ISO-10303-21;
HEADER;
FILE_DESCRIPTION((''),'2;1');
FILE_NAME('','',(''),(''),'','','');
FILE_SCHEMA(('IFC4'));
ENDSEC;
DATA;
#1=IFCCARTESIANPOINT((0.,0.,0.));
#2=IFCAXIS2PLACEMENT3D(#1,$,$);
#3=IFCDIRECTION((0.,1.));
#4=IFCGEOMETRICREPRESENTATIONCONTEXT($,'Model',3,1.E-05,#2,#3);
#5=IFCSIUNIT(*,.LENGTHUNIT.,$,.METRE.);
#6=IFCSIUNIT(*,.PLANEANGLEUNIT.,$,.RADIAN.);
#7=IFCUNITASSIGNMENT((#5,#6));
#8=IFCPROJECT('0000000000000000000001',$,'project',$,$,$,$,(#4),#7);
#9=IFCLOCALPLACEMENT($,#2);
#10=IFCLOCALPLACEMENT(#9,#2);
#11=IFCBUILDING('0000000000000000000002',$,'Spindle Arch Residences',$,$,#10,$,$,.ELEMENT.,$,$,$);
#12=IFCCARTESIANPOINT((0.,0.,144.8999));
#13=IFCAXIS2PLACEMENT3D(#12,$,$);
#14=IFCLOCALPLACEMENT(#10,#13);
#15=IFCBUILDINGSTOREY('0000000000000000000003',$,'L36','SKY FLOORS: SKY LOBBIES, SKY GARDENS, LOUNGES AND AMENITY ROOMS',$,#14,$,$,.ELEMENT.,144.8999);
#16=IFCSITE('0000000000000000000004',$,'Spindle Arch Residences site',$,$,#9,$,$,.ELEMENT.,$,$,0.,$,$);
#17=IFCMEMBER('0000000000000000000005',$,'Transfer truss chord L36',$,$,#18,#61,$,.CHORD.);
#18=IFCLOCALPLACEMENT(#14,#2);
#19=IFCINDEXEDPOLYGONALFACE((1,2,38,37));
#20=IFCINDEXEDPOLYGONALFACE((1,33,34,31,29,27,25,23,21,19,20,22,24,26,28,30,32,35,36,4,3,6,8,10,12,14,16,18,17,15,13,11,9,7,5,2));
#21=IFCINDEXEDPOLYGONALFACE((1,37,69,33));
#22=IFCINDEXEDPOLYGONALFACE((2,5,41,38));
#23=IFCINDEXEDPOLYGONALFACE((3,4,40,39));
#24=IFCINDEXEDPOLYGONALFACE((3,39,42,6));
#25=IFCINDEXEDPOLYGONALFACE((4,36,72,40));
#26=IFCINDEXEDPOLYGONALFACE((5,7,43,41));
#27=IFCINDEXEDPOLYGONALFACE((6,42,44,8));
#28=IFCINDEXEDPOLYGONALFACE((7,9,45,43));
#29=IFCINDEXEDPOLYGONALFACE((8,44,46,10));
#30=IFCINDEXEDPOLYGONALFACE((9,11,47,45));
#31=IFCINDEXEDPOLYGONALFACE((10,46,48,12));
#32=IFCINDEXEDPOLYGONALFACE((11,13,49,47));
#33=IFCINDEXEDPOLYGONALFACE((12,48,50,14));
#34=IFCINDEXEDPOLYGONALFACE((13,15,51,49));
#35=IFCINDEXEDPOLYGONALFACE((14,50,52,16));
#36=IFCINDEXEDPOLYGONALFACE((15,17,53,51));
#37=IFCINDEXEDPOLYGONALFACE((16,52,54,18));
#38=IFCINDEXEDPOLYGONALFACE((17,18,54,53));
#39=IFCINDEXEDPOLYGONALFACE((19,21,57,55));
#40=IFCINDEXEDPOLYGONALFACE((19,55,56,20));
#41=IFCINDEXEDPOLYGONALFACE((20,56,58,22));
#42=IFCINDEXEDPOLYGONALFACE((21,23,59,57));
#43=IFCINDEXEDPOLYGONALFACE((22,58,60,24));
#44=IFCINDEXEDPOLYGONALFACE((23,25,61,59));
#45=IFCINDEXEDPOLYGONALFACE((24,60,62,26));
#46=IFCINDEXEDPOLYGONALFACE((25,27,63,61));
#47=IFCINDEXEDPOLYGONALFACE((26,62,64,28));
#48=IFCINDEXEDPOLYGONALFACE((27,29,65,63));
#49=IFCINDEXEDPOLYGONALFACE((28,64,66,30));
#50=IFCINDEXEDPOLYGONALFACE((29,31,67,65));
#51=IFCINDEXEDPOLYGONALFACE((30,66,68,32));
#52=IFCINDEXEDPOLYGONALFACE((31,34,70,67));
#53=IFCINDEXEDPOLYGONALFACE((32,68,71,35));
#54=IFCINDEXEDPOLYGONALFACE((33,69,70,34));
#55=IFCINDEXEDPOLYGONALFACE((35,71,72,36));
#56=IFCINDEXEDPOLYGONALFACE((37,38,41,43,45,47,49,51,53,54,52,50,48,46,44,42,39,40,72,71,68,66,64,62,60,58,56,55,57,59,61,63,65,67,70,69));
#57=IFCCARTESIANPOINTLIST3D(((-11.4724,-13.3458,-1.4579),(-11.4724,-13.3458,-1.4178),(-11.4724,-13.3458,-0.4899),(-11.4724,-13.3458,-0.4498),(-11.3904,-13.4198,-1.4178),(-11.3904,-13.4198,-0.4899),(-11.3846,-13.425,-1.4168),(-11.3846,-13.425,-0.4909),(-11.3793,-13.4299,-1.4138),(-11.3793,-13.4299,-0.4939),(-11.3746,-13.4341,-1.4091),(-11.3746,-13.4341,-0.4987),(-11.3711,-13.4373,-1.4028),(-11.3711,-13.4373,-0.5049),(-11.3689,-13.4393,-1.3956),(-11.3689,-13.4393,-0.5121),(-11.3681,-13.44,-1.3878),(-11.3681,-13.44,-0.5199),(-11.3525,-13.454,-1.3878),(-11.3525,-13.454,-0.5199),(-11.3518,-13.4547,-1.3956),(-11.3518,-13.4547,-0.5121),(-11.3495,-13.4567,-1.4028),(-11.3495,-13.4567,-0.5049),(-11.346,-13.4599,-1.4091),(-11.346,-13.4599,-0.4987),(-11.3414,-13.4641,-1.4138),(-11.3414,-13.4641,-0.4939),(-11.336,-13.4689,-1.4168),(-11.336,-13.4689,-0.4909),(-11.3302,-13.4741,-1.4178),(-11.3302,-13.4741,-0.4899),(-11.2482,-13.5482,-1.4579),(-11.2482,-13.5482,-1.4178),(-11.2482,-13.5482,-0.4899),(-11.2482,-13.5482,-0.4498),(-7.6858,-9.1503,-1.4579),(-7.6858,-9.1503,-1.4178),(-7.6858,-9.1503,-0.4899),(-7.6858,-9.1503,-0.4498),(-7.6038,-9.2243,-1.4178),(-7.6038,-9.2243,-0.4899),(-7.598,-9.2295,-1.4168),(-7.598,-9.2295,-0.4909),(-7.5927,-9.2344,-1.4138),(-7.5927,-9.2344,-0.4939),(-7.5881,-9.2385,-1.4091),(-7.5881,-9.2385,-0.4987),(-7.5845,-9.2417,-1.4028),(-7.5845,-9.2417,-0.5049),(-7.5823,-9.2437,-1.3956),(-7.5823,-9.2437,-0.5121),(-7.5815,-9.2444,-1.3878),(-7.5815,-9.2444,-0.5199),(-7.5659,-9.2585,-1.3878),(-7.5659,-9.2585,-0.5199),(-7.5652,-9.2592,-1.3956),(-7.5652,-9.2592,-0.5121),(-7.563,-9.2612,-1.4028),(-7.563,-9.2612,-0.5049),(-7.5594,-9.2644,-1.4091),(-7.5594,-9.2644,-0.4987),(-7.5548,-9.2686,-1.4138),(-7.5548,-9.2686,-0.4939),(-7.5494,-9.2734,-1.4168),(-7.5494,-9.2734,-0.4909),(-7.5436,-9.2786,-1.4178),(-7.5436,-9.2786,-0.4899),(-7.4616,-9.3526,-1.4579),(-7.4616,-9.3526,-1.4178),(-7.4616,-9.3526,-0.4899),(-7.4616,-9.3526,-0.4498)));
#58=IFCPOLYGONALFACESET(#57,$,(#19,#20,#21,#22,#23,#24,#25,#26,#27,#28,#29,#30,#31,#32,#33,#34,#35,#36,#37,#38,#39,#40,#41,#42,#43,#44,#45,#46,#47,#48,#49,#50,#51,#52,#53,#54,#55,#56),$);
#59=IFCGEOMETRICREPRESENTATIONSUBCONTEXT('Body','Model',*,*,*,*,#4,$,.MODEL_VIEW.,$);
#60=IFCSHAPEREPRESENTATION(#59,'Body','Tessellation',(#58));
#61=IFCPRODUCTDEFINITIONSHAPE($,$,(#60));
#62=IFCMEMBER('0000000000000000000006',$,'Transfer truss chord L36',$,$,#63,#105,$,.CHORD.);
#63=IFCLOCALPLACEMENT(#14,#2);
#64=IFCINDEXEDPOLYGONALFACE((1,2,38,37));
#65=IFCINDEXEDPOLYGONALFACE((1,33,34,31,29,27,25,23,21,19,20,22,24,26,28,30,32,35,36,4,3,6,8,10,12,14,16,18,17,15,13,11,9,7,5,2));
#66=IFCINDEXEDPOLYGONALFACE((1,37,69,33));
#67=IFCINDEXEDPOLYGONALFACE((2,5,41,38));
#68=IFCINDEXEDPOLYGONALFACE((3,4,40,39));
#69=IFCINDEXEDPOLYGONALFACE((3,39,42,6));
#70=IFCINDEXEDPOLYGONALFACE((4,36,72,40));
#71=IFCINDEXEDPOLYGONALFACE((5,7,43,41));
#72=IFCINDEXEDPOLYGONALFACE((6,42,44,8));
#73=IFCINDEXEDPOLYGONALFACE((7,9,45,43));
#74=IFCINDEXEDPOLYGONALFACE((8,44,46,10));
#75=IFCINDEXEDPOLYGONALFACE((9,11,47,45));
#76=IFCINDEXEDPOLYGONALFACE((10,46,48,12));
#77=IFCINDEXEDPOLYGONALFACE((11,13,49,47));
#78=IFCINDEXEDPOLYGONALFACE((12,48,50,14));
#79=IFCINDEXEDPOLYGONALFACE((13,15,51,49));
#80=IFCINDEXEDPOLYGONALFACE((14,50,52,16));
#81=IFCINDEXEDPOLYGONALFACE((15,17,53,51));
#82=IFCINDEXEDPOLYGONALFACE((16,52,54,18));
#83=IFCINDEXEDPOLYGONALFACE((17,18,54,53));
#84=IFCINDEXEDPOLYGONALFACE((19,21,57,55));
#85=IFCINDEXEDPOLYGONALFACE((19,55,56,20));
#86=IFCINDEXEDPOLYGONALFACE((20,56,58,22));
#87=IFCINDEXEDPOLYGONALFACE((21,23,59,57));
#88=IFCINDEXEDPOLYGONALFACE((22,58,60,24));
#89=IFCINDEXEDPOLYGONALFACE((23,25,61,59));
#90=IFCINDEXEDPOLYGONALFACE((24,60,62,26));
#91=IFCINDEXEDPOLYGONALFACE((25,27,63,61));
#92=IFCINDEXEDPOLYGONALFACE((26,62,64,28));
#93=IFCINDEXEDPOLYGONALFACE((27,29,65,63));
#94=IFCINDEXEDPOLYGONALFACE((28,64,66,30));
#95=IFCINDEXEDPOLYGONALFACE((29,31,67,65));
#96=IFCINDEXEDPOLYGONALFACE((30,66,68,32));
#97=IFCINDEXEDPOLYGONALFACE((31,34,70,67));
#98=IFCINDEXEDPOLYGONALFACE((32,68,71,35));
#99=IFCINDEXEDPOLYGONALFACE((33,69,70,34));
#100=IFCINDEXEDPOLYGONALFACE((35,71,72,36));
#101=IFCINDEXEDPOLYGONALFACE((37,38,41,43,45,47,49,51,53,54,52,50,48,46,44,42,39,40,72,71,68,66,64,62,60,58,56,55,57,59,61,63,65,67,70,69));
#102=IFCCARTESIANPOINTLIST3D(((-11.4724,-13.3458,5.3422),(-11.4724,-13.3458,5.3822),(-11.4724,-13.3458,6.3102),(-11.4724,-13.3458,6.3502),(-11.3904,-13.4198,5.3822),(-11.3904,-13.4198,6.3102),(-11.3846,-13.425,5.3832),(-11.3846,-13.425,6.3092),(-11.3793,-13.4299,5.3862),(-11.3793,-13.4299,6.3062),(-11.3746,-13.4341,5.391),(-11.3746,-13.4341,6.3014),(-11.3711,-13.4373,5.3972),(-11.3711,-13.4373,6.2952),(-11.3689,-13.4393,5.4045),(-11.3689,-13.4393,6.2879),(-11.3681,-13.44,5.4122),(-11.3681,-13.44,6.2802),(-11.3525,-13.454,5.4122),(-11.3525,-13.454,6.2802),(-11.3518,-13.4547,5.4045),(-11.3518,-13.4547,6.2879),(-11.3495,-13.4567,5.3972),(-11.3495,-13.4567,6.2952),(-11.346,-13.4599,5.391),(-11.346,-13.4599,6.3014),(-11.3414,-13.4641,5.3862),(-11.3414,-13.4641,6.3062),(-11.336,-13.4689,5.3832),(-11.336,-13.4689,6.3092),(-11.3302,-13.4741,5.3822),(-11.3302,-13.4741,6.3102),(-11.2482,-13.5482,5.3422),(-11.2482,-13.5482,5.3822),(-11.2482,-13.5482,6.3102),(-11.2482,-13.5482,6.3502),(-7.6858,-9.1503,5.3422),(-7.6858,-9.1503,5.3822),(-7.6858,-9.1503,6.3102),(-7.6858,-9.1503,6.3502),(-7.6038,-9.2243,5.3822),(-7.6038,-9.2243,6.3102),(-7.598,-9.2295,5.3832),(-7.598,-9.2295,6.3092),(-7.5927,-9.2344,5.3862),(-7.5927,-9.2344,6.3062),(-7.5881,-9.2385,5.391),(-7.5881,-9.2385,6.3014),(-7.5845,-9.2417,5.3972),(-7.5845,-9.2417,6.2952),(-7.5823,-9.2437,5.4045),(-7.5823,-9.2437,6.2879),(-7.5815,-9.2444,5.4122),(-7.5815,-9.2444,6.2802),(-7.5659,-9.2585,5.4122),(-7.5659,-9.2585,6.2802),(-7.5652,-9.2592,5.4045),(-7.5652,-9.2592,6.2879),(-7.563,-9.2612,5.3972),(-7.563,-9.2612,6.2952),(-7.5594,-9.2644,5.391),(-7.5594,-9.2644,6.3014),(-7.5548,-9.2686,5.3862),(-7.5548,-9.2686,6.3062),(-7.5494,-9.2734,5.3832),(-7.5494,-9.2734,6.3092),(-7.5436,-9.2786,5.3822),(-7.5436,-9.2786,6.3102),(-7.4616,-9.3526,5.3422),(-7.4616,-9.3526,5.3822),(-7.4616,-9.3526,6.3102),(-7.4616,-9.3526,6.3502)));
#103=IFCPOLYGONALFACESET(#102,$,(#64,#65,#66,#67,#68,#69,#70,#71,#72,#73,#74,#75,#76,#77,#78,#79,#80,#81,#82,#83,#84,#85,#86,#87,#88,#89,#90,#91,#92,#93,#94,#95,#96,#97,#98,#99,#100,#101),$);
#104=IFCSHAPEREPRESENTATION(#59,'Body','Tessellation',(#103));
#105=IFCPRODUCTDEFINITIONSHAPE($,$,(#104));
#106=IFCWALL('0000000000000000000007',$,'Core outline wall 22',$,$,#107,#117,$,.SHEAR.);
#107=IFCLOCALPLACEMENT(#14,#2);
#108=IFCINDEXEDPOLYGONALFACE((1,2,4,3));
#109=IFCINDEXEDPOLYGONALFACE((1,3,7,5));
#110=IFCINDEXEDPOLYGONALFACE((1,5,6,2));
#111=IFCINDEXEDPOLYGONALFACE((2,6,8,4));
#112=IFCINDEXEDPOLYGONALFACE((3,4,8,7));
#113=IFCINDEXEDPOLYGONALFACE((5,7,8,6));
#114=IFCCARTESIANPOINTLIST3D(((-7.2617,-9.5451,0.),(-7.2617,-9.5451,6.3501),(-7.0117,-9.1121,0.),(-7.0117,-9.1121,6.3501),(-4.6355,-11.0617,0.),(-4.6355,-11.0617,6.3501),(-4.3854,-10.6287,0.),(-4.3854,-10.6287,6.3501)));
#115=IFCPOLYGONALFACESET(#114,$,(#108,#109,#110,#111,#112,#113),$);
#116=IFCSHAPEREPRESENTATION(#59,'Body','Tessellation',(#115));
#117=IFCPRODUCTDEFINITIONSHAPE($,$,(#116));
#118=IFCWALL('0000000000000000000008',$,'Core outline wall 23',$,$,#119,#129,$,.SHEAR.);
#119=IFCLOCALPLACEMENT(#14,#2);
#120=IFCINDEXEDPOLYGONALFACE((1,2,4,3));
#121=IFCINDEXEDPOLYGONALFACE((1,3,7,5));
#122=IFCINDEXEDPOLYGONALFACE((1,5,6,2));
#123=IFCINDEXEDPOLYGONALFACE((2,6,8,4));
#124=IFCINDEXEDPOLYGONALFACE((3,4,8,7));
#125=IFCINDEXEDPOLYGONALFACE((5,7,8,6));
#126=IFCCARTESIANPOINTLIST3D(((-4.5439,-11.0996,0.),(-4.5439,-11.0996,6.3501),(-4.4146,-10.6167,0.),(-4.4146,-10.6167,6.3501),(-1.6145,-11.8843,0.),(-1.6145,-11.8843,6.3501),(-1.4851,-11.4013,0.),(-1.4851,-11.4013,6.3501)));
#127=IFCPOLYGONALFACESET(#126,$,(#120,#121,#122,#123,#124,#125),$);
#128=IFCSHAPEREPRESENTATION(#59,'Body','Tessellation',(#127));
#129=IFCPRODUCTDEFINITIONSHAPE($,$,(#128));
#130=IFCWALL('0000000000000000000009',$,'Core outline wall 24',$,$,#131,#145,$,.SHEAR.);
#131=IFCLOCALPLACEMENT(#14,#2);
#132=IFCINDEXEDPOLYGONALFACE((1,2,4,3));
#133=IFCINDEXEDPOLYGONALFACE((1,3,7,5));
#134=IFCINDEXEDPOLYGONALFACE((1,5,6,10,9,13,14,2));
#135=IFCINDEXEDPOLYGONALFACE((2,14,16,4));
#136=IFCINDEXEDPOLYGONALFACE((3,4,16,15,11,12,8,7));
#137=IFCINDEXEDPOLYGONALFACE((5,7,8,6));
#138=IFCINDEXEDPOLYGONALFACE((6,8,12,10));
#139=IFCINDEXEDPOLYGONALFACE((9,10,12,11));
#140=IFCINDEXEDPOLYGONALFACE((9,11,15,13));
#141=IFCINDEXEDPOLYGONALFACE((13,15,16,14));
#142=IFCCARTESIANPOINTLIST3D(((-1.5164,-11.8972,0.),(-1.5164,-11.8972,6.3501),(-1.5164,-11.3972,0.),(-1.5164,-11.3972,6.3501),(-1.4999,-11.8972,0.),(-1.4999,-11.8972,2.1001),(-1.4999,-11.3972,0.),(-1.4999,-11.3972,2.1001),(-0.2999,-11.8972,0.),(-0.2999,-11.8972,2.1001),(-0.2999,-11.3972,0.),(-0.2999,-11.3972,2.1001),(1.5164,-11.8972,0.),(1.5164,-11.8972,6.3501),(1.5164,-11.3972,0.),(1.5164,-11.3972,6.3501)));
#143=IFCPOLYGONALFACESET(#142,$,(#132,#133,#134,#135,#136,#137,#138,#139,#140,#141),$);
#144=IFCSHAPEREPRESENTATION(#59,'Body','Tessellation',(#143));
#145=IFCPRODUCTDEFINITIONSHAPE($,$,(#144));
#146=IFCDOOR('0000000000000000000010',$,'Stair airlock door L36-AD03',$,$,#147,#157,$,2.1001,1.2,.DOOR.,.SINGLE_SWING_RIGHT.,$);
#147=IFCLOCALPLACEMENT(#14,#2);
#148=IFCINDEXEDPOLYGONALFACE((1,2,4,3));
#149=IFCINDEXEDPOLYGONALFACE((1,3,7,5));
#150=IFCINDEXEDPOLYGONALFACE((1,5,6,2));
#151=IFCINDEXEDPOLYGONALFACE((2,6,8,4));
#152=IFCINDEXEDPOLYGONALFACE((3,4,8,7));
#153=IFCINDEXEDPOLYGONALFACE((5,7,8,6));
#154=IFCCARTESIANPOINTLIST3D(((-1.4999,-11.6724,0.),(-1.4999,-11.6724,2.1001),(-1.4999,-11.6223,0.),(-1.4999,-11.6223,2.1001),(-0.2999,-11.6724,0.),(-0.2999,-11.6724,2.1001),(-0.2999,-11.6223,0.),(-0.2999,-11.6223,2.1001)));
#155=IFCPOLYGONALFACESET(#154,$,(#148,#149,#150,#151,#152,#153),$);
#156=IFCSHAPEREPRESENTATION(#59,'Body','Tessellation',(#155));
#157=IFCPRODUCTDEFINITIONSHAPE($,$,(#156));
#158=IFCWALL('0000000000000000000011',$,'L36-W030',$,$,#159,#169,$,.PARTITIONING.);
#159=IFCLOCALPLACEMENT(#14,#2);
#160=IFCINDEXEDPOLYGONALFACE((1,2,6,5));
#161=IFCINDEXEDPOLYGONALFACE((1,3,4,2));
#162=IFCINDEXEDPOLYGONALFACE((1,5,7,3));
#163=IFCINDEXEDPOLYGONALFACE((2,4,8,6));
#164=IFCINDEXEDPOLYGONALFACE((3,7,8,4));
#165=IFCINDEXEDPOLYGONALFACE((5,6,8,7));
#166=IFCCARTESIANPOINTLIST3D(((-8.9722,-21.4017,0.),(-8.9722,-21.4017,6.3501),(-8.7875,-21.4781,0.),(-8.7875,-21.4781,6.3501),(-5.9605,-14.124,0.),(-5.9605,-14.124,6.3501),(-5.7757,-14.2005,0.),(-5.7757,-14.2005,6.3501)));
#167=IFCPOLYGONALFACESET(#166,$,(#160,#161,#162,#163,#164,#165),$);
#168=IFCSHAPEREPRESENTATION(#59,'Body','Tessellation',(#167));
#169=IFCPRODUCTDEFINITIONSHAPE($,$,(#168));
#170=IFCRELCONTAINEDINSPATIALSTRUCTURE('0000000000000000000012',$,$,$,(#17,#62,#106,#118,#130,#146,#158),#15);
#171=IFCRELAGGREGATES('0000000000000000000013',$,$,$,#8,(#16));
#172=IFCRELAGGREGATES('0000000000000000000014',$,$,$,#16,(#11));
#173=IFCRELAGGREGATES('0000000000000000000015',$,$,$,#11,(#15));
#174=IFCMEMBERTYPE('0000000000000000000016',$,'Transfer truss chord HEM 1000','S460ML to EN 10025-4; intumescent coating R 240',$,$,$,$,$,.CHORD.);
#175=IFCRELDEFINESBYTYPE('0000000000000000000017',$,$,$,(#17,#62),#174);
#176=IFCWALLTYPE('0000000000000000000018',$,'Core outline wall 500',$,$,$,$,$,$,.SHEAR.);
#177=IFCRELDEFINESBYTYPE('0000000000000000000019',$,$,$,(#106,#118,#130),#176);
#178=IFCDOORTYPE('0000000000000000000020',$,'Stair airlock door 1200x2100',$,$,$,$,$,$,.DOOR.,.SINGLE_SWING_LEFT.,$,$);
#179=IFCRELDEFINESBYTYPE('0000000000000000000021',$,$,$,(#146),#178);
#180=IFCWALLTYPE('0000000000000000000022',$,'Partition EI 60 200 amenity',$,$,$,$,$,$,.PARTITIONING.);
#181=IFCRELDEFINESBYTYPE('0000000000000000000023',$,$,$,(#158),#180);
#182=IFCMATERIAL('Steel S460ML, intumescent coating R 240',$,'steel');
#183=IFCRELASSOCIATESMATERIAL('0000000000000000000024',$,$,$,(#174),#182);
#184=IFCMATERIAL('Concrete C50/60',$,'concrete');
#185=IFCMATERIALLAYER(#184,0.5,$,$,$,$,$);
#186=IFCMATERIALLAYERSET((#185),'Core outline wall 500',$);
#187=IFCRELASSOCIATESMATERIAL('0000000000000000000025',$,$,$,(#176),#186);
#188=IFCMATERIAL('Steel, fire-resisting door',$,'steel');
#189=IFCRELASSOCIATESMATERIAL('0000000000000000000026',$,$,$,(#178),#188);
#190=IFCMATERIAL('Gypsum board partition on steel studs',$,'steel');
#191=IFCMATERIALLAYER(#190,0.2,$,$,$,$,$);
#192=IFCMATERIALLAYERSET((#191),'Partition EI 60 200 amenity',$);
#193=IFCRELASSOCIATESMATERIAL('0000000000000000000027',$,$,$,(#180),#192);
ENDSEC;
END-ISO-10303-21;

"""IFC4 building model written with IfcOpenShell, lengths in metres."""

from ifc_helpers import new_model, si_unit, direction, frame, frame_2d, origin, origin_2d, place, context, subcontext, project, spatial, rectangle, i_section, extrude, material, layer, layer_set, material_profile, profile_set, type_object, element, fill, save


model = new_model("IFC4")

# Units and contexts
model_context = context("Model", 3, precision=1e-05, world=origin(), true_north=direction((0.0, 1.0)))
body_context = subcontext(model_context, "Body", "Model", "MODEL_VIEW")
ifc_project = project(units=[si_unit("LENGTHUNIT", "METRE"), si_unit("PLANEANGLEUNIT", "RADIAN")], contexts=[model_context])

# Site, building, storey
site_placement = place(None, origin())
site = spatial("IfcSite", under=ifc_project, at=site_placement, Name="Spindle Arch Residences site", CompositionType="ELEMENT", RefElevation=0.0)
building_placement = place(site_placement, origin())
building = spatial("IfcBuilding", under=site, at=building_placement, Name="Spindle Arch Residences", CompositionType="ELEMENT")
storey_placement = place(building_placement, frame((0.0, 0.0, 144.8999)))
storey = spatial("IfcBuildingStorey", under=building, at=storey_placement, Name="L36", Description="SKY FLOORS: SKY LOBBIES, SKY GARDENS, LOUNGES AND AMENITY ROOMS", CompositionType="ELEMENT", Elevation=144.8999)

# Members
ifc_material_1 = material(Name="Steel S460ML, intumescent coating R 240", Category="steel")
ifc_material_profile = material_profile(ifc_material_1, i_section(OverallWidth=0.302, OverallDepth=1.0081, WebThickness=0.021, FlangeThickness=0.04, FilletRadius=0.03, at=origin_2d()), Name="HEM 1000")
ifc_profile_set = profile_set([ifc_material_profile], Name="Steel S460ML, intumescent coating R 240")
member_type = type_object("IfcMemberType", Name="Transfer truss chord HEM 1000", Description="S460ML to EN 10025-4; intumescent coating R 240", PredefinedType="CHORD", material=ifc_profile_set)
for number, where, z_axis, x_axis, name in (
    (1, (-7.5737, -9.2515, -0.9539), (-0.670002, -0.742359, 0.0), (0.742359, -0.670002, 0.0), "Transfer truss chord L36"),
    (2, (-7.5737, -9.2515, 5.8462), (-0.670002, -0.742359, 0.0), (0.742359, -0.670002, 0.0), "Transfer truss chord L36"),
):
    element("IfcMember", number, at=place(storey_placement, frame(where, z_axis=z_axis, x_axis=x_axis)), inside=storey, type_object=member_type, Name=name, PredefinedType="CHORD", context=body_context, shape_type="SweptSolid", body=[
        extrude(i_section(OverallWidth=0.302, OverallDepth=1.0081, WebThickness=0.021, FlangeThickness=0.04, FilletRadius=0.03, at=origin_2d()), origin(), (0.0, 0.0, 1.0), 5.6516),
    ])

# Walls
ifc_material_2 = material(Name="Concrete C50/60", Category="concrete")
ifc_layer_1 = layer(ifc_material_2, 0.5)
ifc_layer_set_1 = layer_set([ifc_layer_1], Name="Core outline wall 500")
wall_type_1 = type_object("IfcWallType", Name="Core outline wall 500", PredefinedType="SHEAR", material=ifc_layer_set_1)
for number, where, z_axis, x_axis, name in (
    (3, (-7.1367, -9.3286, 0.0), (0.0, 0.0, 1.0), (0.865975, -0.500087, 0.0), "Core outline wall 22"),
    (4, (-4.4792, -10.8582, 0.0), (0.0, 0.0, 1.0), (0.965948, -0.258735, 0.0), "Core outline wall 23"),
):
    element("IfcWall", number, at=place(storey_placement, frame(where, z_axis=z_axis, x_axis=x_axis)), inside=storey, type_object=wall_type_1, Name=name, PredefinedType="SHEAR", context=body_context, shape_type="SweptSolid", body=[
        extrude(rectangle(XDim=3.0327, YDim=0.5, at=frame_2d((1.5164, 0.0))), origin(), (0.0, 0.0, 1.0), 6.3501),
    ])

# Wall, opening, door
wall_1_placement = place(storey_placement, frame((-1.5164, -11.6472, 0.0), z_axis=(0.0, 0.0, 1.0), x_axis=(1.0, 0.0, 0.0)))
wall_1 = element("IfcWall", 5, at=wall_1_placement, inside=storey, type_object=wall_type_1, Name="Core outline wall 24", PredefinedType="SHEAR", context=body_context, shape_type="SweptSolid", body=[
    extrude(rectangle(XDim=3.0327, YDim=0.5, at=frame_2d((1.5164, 0.0))), origin(), (0.0, 0.0, 1.0), 6.3501),
])
opening_1_placement = place(wall_1_placement, frame((0.0164, 0.0, 0.0)))
opening_1 = element("IfcOpeningElement", 6, at=opening_1_placement, cuts=wall_1, PredefinedType="OPENING", context=body_context, shape_type="SweptSolid", body=[
    extrude(rectangle(XDim=1.2, YDim=2.1001, at=frame_2d((0.6001, 1.05))), frame((0.0, 0.26, 0.0), z_axis=(0.0, -1.0, 0.0), x_axis=(1.0, 0.0, 0.0)), (0.0, 0.0, 1.0), 0.52),
])
ifc_material_3 = material(Name="Steel, fire-resisting door", Category="steel")
door_type_1 = type_object("IfcDoorType", Name="Stair airlock door 1200x2100", OperationType="SINGLE_SWING_LEFT", PredefinedType="DOOR", material=ifc_material_3)
door_1_placement = place(opening_1_placement, origin())
door_1 = element("IfcDoor", 7, at=door_1_placement, inside=storey, type_object=door_type_1, Name="Stair airlock door L36-AD03", OperationType="SINGLE_SWING_RIGHT", OverallHeight=2.1001, OverallWidth=1.2, PredefinedType="DOOR", context=body_context, shape_type="SweptSolid", body=[
    extrude(rectangle(XDim=1.2, YDim=2.1001, at=frame_2d((0.6001, 1.05))), frame((0.0, 0.0249, 0.0), z_axis=(0.0, -1.0, 0.0), x_axis=(1.0, 0.0, 0.0)), (0.0, 0.0, 1.0), 0.05),
])
fill(opening_1, door_1)

# Wall
ifc_material_4 = material(Name="Gypsum board partition on steel studs", Category="steel")
ifc_layer_2 = layer(ifc_material_4, 0.2)
ifc_layer_set_2 = layer_set([ifc_layer_2], Name="Partition EI 60 200 amenity")
wall_type_2 = type_object("IfcWallType", Name="Partition EI 60 200 amenity", PredefinedType="PARTITIONING", material=ifc_layer_set_2)
wall_2_placement = place(storey_placement, frame((-5.8682, -14.1624, 0.0), z_axis=(0.0, 0.0, 1.0), x_axis=(-0.382385, -0.924003, 0.0)))
element("IfcWall", 8, at=wall_2_placement, inside=storey, type_object=wall_type_2, Name="L36-W030", PredefinedType="PARTITIONING", context=body_context, shape_type="SweptSolid", body=[
    extrude(rectangle(XDim=7.8762, YDim=0.2, at=frame_2d((3.938, 0.0))), origin(), (0.0, 0.0, 1.0), 6.3501),
])

save(model, "model.ifc")
